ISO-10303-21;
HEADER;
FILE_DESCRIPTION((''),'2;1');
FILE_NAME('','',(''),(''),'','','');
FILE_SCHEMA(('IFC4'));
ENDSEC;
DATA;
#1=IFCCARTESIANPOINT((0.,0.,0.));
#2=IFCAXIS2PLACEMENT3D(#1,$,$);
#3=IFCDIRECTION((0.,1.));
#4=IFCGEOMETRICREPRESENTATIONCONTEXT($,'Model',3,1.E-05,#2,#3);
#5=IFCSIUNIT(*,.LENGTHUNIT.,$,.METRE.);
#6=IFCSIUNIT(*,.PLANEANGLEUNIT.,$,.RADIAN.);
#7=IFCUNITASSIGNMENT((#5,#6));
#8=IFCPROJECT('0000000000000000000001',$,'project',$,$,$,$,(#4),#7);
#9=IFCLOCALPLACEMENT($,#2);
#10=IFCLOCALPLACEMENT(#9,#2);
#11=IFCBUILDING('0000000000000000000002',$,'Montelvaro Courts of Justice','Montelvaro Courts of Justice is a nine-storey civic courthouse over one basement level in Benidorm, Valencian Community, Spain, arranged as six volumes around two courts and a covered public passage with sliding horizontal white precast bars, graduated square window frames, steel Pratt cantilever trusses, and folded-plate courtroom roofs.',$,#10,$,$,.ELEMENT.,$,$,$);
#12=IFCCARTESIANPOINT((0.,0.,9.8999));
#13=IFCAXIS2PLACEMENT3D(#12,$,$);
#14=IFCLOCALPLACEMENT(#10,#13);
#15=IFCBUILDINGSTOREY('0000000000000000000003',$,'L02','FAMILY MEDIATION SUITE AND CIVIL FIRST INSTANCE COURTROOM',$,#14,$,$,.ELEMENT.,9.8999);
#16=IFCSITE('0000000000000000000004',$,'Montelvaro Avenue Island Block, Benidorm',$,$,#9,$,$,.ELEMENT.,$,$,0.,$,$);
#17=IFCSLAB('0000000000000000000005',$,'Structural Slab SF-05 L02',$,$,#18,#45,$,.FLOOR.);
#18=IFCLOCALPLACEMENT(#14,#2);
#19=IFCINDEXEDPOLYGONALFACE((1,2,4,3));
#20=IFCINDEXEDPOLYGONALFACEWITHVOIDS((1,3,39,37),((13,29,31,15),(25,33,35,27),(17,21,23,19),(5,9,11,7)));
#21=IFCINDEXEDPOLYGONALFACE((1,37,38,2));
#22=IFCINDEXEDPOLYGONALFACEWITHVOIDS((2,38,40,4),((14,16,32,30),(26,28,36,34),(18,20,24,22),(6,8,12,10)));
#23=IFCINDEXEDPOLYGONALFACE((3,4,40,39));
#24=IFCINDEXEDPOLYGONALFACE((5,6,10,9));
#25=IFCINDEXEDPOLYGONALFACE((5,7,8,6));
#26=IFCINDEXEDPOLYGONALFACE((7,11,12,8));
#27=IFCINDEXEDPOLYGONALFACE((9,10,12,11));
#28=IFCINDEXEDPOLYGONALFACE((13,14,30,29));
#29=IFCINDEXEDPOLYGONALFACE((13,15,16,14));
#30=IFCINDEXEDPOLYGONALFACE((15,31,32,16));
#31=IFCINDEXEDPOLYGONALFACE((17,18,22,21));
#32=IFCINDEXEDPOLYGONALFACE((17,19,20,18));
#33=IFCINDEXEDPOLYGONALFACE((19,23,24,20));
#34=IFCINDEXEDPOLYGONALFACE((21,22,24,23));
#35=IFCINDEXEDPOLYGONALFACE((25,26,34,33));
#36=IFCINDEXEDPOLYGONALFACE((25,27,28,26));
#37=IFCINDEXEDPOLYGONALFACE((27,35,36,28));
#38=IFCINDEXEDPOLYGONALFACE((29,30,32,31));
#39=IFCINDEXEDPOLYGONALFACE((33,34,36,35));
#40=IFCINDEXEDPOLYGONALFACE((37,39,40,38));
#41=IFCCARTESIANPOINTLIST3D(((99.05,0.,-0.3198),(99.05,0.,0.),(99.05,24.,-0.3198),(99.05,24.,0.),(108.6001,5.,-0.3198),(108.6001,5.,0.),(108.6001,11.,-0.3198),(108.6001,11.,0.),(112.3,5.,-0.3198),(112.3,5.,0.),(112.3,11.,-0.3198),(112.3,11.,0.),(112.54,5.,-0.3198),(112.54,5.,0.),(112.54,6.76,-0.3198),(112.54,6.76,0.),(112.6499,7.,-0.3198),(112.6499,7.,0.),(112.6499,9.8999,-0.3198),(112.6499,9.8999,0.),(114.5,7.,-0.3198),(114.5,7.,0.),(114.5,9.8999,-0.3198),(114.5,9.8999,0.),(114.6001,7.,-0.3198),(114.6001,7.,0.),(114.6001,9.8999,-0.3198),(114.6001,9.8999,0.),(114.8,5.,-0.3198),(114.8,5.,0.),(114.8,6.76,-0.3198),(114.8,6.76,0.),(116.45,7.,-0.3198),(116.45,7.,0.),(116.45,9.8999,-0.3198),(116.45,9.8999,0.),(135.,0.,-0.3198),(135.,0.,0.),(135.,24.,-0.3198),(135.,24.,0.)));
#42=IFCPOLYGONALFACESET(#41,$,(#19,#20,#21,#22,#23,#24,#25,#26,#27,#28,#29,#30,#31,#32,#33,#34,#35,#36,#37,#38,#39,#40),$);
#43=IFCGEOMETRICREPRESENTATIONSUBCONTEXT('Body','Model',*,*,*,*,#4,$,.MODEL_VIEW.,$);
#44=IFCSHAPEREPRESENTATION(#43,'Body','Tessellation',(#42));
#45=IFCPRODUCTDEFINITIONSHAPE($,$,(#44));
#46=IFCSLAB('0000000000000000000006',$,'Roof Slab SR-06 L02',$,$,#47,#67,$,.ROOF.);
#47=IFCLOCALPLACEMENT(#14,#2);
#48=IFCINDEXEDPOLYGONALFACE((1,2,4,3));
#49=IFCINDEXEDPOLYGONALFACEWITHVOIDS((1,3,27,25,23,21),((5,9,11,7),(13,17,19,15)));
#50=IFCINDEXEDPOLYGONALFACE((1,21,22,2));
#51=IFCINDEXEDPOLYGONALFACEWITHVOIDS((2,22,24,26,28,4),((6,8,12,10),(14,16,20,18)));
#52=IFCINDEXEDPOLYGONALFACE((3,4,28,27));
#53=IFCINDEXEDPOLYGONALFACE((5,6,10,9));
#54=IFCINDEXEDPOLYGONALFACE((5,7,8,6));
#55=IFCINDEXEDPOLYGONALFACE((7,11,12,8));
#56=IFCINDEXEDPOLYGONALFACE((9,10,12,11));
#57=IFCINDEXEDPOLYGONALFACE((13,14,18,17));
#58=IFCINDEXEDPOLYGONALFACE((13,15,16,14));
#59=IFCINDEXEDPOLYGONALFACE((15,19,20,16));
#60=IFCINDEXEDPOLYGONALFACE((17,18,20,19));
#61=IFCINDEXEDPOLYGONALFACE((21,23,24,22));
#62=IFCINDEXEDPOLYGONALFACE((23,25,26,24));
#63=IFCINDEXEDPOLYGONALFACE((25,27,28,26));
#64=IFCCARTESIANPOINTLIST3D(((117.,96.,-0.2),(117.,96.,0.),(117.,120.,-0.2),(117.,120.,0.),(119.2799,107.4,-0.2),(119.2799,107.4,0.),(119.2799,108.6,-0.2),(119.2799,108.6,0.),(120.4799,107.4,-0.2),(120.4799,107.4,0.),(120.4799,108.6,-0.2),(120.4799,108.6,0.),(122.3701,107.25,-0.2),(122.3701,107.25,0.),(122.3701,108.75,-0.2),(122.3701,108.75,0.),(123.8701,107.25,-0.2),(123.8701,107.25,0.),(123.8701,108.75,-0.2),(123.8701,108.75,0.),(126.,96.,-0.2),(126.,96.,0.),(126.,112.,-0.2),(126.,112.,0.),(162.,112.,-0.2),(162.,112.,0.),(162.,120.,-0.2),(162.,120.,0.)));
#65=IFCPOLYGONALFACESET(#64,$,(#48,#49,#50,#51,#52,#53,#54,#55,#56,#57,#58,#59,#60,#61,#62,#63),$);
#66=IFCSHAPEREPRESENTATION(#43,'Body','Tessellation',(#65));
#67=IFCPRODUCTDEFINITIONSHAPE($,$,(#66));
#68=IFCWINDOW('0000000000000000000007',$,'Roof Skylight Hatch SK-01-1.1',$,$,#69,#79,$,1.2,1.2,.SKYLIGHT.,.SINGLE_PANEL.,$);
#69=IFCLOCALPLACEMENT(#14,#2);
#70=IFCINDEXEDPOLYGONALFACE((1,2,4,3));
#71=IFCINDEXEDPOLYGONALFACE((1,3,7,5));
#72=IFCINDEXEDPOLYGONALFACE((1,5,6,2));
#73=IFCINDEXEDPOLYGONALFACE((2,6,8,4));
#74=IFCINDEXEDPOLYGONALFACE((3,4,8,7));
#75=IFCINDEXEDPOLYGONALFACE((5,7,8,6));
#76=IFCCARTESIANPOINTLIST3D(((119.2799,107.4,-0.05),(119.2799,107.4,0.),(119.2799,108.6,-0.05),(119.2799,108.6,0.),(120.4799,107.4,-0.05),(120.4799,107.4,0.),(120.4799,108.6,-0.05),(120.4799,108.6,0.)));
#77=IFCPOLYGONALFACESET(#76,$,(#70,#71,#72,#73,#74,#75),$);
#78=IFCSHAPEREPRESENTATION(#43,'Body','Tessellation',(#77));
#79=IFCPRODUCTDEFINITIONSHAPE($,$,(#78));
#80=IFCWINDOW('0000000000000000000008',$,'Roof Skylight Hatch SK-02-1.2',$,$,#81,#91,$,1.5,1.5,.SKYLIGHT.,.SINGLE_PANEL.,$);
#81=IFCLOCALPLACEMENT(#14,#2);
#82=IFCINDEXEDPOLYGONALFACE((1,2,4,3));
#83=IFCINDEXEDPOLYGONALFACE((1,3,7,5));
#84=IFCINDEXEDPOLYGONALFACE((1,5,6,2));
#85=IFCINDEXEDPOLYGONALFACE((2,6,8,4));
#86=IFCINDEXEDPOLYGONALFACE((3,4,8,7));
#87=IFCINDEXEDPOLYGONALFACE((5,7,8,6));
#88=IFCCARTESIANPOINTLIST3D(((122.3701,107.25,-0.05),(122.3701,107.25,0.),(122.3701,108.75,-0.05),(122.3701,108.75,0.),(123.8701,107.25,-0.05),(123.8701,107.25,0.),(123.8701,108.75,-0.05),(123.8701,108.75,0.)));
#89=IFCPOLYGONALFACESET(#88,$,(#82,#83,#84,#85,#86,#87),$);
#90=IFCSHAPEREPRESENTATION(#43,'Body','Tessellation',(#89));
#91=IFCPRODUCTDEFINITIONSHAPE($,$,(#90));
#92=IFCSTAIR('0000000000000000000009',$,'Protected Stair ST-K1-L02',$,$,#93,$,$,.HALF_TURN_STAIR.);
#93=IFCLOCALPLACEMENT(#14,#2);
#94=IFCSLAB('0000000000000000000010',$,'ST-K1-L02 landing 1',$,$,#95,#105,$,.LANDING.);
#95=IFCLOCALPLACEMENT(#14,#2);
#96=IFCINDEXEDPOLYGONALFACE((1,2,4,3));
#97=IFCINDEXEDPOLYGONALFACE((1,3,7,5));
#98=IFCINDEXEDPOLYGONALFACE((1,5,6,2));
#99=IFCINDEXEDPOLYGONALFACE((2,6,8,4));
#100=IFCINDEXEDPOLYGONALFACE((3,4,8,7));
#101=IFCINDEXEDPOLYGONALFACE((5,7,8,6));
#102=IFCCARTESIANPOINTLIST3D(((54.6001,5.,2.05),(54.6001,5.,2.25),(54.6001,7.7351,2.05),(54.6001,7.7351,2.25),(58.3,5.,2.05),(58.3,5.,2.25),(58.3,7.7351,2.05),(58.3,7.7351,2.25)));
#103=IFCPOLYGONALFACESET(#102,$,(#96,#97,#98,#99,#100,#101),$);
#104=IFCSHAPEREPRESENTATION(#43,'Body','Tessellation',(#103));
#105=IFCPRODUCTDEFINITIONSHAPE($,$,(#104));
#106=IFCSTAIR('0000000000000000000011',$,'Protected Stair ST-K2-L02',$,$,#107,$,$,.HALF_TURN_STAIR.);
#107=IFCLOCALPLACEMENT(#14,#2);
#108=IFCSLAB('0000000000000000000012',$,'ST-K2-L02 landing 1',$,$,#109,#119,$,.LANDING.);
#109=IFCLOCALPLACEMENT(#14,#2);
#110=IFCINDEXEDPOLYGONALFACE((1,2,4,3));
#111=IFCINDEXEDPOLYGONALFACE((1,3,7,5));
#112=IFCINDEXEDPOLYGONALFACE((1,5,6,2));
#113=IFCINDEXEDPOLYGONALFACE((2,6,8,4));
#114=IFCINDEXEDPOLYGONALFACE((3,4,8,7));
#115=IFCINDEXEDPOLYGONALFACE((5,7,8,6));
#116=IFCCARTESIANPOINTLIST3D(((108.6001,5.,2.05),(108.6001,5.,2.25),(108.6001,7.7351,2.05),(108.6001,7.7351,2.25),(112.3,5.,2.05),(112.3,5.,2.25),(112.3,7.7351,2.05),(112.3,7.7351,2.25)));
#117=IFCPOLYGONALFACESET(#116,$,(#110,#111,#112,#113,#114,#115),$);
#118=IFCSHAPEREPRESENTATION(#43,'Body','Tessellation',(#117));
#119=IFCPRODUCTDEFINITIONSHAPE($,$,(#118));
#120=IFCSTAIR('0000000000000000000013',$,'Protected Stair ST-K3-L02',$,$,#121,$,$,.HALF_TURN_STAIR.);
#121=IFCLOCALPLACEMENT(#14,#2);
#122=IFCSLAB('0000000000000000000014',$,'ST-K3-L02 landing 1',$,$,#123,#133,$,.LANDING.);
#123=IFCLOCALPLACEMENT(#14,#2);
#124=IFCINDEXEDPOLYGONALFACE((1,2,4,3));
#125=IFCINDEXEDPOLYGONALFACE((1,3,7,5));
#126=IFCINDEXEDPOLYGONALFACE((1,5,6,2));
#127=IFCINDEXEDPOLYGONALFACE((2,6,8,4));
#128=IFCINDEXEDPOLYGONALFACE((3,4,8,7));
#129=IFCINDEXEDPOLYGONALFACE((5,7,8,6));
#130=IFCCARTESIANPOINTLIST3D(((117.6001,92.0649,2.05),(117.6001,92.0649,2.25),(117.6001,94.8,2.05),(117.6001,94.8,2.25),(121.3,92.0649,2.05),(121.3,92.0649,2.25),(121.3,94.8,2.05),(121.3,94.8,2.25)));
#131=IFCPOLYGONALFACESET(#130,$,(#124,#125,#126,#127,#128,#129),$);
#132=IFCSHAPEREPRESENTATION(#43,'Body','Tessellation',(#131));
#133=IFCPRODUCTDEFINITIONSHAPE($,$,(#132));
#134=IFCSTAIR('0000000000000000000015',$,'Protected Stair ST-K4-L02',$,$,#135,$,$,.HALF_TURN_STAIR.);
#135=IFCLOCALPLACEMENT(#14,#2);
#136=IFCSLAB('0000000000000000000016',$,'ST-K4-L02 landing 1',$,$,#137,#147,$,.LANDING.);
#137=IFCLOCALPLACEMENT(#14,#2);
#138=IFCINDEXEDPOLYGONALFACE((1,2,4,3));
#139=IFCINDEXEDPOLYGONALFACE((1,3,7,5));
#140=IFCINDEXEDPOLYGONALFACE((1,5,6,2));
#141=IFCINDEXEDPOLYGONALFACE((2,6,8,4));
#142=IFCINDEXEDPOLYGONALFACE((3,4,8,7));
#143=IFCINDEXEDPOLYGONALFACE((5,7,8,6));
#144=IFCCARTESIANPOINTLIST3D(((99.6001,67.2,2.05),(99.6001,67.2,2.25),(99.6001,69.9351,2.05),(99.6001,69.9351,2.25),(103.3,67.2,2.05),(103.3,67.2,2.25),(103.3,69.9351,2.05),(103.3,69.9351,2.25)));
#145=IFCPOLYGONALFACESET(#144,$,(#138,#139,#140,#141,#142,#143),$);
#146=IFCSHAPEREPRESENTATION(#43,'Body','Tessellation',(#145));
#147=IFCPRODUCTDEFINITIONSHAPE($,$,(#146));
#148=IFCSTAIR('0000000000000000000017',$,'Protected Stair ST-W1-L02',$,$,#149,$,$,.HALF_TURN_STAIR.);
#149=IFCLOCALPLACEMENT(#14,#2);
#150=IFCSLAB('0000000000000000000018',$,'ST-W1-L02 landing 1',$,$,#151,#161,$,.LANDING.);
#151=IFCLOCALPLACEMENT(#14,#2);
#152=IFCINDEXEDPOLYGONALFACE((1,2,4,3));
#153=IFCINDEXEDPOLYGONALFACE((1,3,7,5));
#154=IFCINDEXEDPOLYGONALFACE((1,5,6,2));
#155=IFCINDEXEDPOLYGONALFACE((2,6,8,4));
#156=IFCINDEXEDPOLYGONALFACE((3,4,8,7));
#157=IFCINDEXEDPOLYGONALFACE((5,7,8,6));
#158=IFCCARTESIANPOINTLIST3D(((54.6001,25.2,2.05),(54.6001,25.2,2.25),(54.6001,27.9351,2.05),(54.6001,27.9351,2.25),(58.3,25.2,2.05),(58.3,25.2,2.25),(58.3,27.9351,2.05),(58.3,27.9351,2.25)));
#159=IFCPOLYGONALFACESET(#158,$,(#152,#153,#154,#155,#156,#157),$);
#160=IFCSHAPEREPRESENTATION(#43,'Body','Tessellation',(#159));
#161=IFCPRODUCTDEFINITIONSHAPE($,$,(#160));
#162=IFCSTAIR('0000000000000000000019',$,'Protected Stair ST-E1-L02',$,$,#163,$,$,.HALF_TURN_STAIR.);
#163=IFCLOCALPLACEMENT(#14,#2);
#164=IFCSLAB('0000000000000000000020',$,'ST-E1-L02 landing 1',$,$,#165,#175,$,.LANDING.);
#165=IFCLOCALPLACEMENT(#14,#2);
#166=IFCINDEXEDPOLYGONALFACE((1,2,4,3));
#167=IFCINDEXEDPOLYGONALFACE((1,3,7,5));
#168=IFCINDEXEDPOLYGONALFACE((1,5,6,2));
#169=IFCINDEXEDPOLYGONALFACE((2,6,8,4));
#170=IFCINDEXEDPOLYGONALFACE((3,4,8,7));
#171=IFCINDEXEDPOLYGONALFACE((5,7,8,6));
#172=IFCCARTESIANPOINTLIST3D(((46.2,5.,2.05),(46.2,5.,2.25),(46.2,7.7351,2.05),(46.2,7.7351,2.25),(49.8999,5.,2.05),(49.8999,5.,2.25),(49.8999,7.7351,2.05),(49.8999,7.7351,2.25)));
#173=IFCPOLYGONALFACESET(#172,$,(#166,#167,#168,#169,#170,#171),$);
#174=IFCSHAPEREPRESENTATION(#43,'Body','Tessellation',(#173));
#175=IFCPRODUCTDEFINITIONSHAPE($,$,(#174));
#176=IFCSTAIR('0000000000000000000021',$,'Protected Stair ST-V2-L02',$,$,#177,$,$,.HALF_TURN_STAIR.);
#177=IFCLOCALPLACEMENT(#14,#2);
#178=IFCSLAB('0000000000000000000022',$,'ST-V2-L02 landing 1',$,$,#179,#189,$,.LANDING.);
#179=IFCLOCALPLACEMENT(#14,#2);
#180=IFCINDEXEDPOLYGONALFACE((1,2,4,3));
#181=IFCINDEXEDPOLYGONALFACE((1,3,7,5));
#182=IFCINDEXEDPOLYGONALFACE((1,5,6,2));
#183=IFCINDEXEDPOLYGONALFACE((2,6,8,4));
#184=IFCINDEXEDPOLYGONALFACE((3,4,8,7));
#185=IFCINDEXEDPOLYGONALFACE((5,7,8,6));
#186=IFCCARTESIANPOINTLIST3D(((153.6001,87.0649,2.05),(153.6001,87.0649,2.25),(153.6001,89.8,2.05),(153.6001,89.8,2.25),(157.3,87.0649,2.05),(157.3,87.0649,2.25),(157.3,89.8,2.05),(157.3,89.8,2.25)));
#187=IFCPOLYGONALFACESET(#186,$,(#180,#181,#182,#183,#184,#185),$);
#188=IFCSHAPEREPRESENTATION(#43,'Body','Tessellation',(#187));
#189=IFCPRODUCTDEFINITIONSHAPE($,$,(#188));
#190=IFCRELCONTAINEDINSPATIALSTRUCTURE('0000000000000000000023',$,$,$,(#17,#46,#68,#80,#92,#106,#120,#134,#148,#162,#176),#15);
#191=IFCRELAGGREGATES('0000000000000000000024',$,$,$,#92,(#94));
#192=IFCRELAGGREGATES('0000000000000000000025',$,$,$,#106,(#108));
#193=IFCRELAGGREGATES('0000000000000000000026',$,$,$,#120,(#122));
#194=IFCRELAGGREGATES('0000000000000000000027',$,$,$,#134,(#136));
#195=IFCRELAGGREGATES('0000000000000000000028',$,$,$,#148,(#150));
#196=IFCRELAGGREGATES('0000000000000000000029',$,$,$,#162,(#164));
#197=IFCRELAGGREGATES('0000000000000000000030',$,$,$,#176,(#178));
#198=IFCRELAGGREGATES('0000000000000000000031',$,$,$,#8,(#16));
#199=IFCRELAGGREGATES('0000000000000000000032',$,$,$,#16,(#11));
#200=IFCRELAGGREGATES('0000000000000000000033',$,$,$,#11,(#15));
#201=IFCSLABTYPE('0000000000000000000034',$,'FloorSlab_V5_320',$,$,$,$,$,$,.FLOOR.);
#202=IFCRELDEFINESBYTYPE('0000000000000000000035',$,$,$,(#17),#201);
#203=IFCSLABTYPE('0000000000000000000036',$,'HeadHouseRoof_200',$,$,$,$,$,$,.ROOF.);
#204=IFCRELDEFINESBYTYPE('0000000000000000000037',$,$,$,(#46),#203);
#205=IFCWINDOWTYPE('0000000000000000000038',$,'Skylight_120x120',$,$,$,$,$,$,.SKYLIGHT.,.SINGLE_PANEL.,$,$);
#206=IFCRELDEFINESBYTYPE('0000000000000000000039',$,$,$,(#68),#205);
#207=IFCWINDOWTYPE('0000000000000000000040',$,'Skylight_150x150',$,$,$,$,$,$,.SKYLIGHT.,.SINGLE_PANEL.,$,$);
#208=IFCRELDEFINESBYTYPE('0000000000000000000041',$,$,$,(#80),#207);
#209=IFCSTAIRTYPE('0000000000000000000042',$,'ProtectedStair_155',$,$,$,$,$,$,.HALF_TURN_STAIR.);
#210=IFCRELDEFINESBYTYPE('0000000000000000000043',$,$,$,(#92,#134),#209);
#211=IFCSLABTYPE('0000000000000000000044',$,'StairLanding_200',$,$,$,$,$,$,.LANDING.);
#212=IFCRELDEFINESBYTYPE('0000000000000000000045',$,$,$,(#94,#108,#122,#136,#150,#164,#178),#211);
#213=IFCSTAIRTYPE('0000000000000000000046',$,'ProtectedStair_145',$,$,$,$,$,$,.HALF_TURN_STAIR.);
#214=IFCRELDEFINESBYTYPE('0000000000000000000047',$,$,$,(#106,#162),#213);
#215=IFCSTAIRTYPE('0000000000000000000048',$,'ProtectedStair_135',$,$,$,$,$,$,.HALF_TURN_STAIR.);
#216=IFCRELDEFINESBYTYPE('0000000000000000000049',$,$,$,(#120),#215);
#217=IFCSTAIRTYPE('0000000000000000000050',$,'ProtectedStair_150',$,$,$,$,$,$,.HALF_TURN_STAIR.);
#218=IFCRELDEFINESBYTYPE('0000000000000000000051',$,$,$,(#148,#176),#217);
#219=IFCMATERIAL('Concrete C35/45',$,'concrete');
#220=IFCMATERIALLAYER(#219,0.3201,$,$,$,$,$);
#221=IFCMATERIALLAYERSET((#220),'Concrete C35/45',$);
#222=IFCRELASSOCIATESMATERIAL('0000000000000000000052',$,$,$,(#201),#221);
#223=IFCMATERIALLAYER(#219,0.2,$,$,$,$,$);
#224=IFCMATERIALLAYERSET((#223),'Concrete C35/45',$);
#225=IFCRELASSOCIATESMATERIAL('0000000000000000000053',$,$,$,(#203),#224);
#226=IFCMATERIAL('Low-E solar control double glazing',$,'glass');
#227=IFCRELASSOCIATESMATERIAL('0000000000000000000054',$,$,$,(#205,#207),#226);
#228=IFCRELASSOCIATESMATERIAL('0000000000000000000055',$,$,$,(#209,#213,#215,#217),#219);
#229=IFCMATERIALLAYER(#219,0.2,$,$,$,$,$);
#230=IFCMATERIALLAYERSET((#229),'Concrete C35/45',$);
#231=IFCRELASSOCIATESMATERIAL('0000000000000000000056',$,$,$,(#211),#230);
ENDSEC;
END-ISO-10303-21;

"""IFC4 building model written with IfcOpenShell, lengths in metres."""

from ifc_helpers import new_model, si_unit, direction, frame, origin, origin_2d, place, context, subcontext, project, spatial, polyline, rectangle, outline, extrude, material, layer, layer_set, type_object, element, fill, aggregate, save


model = new_model("IFC4")

# Units and contexts
model_context = context("Model", 3, precision=1e-05, world=origin(), true_north=direction((0.0, 1.0)))
body_context = subcontext(model_context, "Body", "Model", "MODEL_VIEW")
ifc_project = project(units=[si_unit("LENGTHUNIT", "METRE"), si_unit("PLANEANGLEUNIT", "RADIAN")], contexts=[model_context])

# Site, building, storey
site_placement = place(None, origin())
site = spatial("IfcSite", under=ifc_project, at=site_placement, Name="Montelvaro Avenue Island Block, Benidorm", CompositionType="ELEMENT", RefElevation=0.0)
building_placement = place(site_placement, origin())
building = spatial("IfcBuilding", under=site, at=building_placement, Name="Montelvaro Courts of Justice", Description="Montelvaro Courts of Justice is a nine-storey civic courthouse over one basement level in Benidorm, Valencian Community, Spain, arranged as six volumes around two courts and a covered public passage with sliding horizontal white precast bars, graduated square window frames, steel Pratt cantilever trusses, and folded-plate courtroom roofs.", CompositionType="ELEMENT")
storey_placement = place(building_placement, frame((0.0, 0.0, 9.8999)))
storey = spatial("IfcBuildingStorey", under=building, at=storey_placement, Name="L02", Description="FAMILY MEDIATION SUITE AND CIVIL FIRST INSTANCE COURTROOM", CompositionType="ELEMENT", Elevation=9.8999)

# Shared definitions
ifc_material_1 = material(Name="Low-E solar control double glazing", Category="glass")

# Slab
ifc_material_2 = material(Name="Concrete C35/45", Category="concrete")
ifc_layer_1 = layer(ifc_material_2, 0.3201)
ifc_layer_set_1 = layer_set([ifc_layer_1], Name="Concrete C35/45")
slab_type_1 = type_object("IfcSlabType", Name="FloorSlab_V5_320", PredefinedType="FLOOR", material=ifc_layer_set_1)
slab_1_placement = place(storey_placement, frame((0.0, 0.0, -0.3198)))
element("IfcSlab", 1, at=slab_1_placement, inside=storey, type_object=slab_type_1, Name="Structural Slab SF-05 L02", PredefinedType="FLOOR", context=body_context, shape_type="SweptSolid", body=[
    extrude(outline(polyline([(99.05, 0.0), (135.0, 0.0), (135.0, 24.0), (99.05, 24.0), (99.05, 0.0)]), holes=[polyline([(108.6001, 5.0), (112.3, 5.0), (112.3, 11.0), (108.6001, 11.0), (108.6001, 5.0)]), polyline([(112.54, 5.0), (114.8, 5.0), (114.8, 6.76), (112.54, 6.76), (112.54, 5.0)]), polyline([(112.6499, 7.0), (114.5, 7.0), (114.5, 9.8999), (112.6499, 9.8999), (112.6499, 7.0)]), polyline([(114.6001, 7.0), (116.45, 7.0), (116.45, 9.8999), (114.6001, 9.8999), (114.6001, 7.0)])]), origin(), (0.0, 0.0, 1.0), 0.3198),
])

# Slab, openings, windows
ifc_layer_2 = layer(ifc_material_2, 0.2)
ifc_layer_set_2 = layer_set([ifc_layer_2], Name="Concrete C35/45")
slab_type_2 = type_object("IfcSlabType", Name="HeadHouseRoof_200", PredefinedType="ROOF", material=ifc_layer_set_2)
slab_2_placement = place(storey_placement, frame((0.0, 0.0, -0.2)))
slab_2 = element("IfcSlab", 2, at=slab_2_placement, inside=storey, type_object=slab_type_2, Name="Roof Slab SR-06 L02", PredefinedType="ROOF", context=body_context, shape_type="SweptSolid", body=[
    extrude(outline(polyline([(117.0, 96.0), (126.0, 96.0), (126.0, 112.0), (162.0, 112.0), (162.0, 120.0), (117.0, 120.0), (117.0, 96.0)])), origin(), (0.0, 0.0, 1.0), 0.2),
])
opening_1_placement = place(slab_2_placement, frame((119.8799, 108.0, -0.0149)))
opening_1 = element("IfcOpeningElement", 3, at=opening_1_placement, cuts=slab_2, PredefinedType="OPENING", context=body_context, shape_type="SweptSolid", body=[
    extrude(rectangle(XDim=1.2, YDim=1.2, at=origin_2d()), origin(), (0.0, 0.0, 1.0), 0.2297),
])
opening_2_placement = place(slab_2_placement, frame((123.1201, 108.0, -0.0149)))
opening_2 = element("IfcOpeningElement", 4, at=opening_2_placement, cuts=slab_2, PredefinedType="OPENING", context=body_context, shape_type="SweptSolid", body=[
    extrude(rectangle(XDim=1.5, YDim=1.5, at=origin_2d()), origin(), (0.0, 0.0, 1.0), 0.2297),
])
window_type_1 = type_object("IfcWindowType", Name="Skylight_120x120", PartitioningType="SINGLE_PANEL", PredefinedType="SKYLIGHT", material=ifc_material_1)
window_1_placement = place(slab_2_placement, frame((119.8799, 108.0, 0.1499)))
window_1 = element("IfcWindow", 5, at=window_1_placement, inside=storey, type_object=window_type_1, Name="Roof Skylight Hatch SK-01-1.1", OverallHeight=1.2, OverallWidth=1.2, PartitioningType="SINGLE_PANEL", PredefinedType="SKYLIGHT", context=body_context, shape_type="SweptSolid", body=[
    extrude(rectangle(XDim=1.2, YDim=1.2, at=origin_2d()), origin(), (0.0, 0.0, 1.0), 0.05),
])
fill(opening_1, window_1)
window_type_2 = type_object("IfcWindowType", Name="Skylight_150x150", PartitioningType="SINGLE_PANEL", PredefinedType="SKYLIGHT", material=ifc_material_1)
window_2_placement = place(slab_2_placement, frame((123.1201, 108.0, 0.1499)))
window_2 = element("IfcWindow", 6, at=window_2_placement, inside=storey, type_object=window_type_2, Name="Roof Skylight Hatch SK-02-1.2", OverallHeight=1.5, OverallWidth=1.5, PartitioningType="SINGLE_PANEL", PredefinedType="SKYLIGHT", context=body_context, shape_type="SweptSolid", body=[
    extrude(rectangle(XDim=1.5, YDim=1.5, at=origin_2d()), origin(), (0.0, 0.0, 1.0), 0.05),
])
fill(opening_2, window_2)

# Stairs, slabs
stair_type_1 = type_object("IfcStairType", Name="ProtectedStair_155", PredefinedType="HALF_TURN_STAIR", material=ifc_material_2)
stair_1_placement = place(storey_placement, origin())
stair_1 = element("IfcStair", 7, at=stair_1_placement, inside=storey, type_object=stair_type_1, Name="Protected Stair ST-K1-L02", PredefinedType="HALF_TURN_STAIR")
ifc_layer_3 = layer(ifc_material_2, 0.2)
ifc_layer_set_3 = layer_set([ifc_layer_3], Name="Concrete C35/45")
slab_type_3 = type_object("IfcSlabType", Name="StairLanding_200", PredefinedType="LANDING", material=ifc_layer_set_3)
slab_3_placement = place(storey_placement, frame((0.0, 0.0, 2.05)))
slab_3 = element("IfcSlab", 8, at=slab_3_placement, type_object=slab_type_3, Name="ST-K1-L02 landing 1", PredefinedType="LANDING", context=body_context, shape_type="SweptSolid", body=[
    extrude(outline(polyline([(54.6001, 5.0), (58.3, 5.0), (58.3, 7.7351), (54.6001, 7.7351), (54.6001, 5.0)])), origin(), (0.0, 0.0, 1.0), 0.2),
])
aggregate(stair_1, [slab_3])
stair_type_2 = type_object("IfcStairType", Name="ProtectedStair_145", PredefinedType="HALF_TURN_STAIR", material=ifc_material_2)
stair_2_placement = place(storey_placement, origin())
stair_2 = element("IfcStair", 9, at=stair_2_placement, inside=storey, type_object=stair_type_2, Name="Protected Stair ST-K2-L02", PredefinedType="HALF_TURN_STAIR")
slab_4_placement = place(storey_placement, frame((0.0, 0.0, 2.05)))
slab_4 = element("IfcSlab", 10, at=slab_4_placement, type_object=slab_type_3, Name="ST-K2-L02 landing 1", PredefinedType="LANDING", context=body_context, shape_type="SweptSolid", body=[
    extrude(outline(polyline([(108.6001, 5.0), (112.3, 5.0), (112.3, 7.7351), (108.6001, 7.7351), (108.6001, 5.0)])), origin(), (0.0, 0.0, 1.0), 0.2),
])
aggregate(stair_2, [slab_4])
stair_type_3 = type_object("IfcStairType", Name="ProtectedStair_135", PredefinedType="HALF_TURN_STAIR", material=ifc_material_2)
stair_3_placement = place(storey_placement, origin())
stair_3 = element("IfcStair", 11, at=stair_3_placement, inside=storey, type_object=stair_type_3, Name="Protected Stair ST-K3-L02", PredefinedType="HALF_TURN_STAIR")
slab_5_placement = place(storey_placement, frame((0.0, 0.0, 2.05)))
slab_5 = element("IfcSlab", 12, at=slab_5_placement, type_object=slab_type_3, Name="ST-K3-L02 landing 1", PredefinedType="LANDING", context=body_context, shape_type="SweptSolid", body=[
    extrude(outline(polyline([(117.6001, 92.0649), (121.3, 92.0649), (121.3, 94.8), (117.6001, 94.8), (117.6001, 92.0649)])), origin(), (0.0, 0.0, 1.0), 0.2),
])
aggregate(stair_3, [slab_5])
stair_4_placement = place(storey_placement, origin())
stair_4 = element("IfcStair", 13, at=stair_4_placement, inside=storey, type_object=stair_type_1, Name="Protected Stair ST-K4-L02", PredefinedType="HALF_TURN_STAIR")
slab_6_placement = place(storey_placement, frame((0.0, 0.0, 2.05)))
slab_6 = element("IfcSlab", 14, at=slab_6_placement, type_object=slab_type_3, Name="ST-K4-L02 landing 1", PredefinedType="LANDING", context=body_context, shape_type="SweptSolid", body=[
    extrude(outline(polyline([(99.6001, 67.2), (103.3, 67.2), (103.3, 69.9351), (99.6001, 69.9351), (99.6001, 67.2)])), origin(), (0.0, 0.0, 1.0), 0.2),
])
aggregate(stair_4, [slab_6])
stair_type_4 = type_object("IfcStairType", Name="ProtectedStair_150", PredefinedType="HALF_TURN_STAIR", material=ifc_material_2)
stair_5_placement = place(storey_placement, origin())
stair_5 = element("IfcStair", 15, at=stair_5_placement, inside=storey, type_object=stair_type_4, Name="Protected Stair ST-W1-L02", PredefinedType="HALF_TURN_STAIR")
slab_7_placement = place(storey_placement, frame((0.0, 0.0, 2.05)))
slab_7 = element("IfcSlab", 16, at=slab_7_placement, type_object=slab_type_3, Name="ST-W1-L02 landing 1", PredefinedType="LANDING", context=body_context, shape_type="SweptSolid", body=[
    extrude(outline(polyline([(54.6001, 25.2), (58.3, 25.2), (58.3, 27.9351), (54.6001, 27.9351), (54.6001, 25.2)])), origin(), (0.0, 0.0, 1.0), 0.2),
])
aggregate(stair_5, [slab_7])
stair_6_placement = place(storey_placement, origin())
stair_6 = element("IfcStair", 17, at=stair_6_placement, inside=storey, type_object=stair_type_2, Name="Protected Stair ST-E1-L02", PredefinedType="HALF_TURN_STAIR")
slab_8_placement = place(storey_placement, frame((0.0, 0.0, 2.05)))
slab_8 = element("IfcSlab", 18, at=slab_8_placement, type_object=slab_type_3, Name="ST-E1-L02 landing 1", PredefinedType="LANDING", context=body_context, shape_type="SweptSolid", body=[
    extrude(outline(polyline([(46.2, 5.0), (49.8999, 5.0), (49.8999, 7.7351), (46.2, 7.7351), (46.2, 5.0)])), origin(), (0.0, 0.0, 1.0), 0.2),
])
aggregate(stair_6, [slab_8])
stair_7_placement = place(storey_placement, origin())
stair_7 = element("IfcStair", 19, at=stair_7_placement, inside=storey, type_object=stair_type_4, Name="Protected Stair ST-V2-L02", PredefinedType="HALF_TURN_STAIR")
slab_9_placement = place(storey_placement, frame((0.0, 0.0, 2.05)))
slab_9 = element("IfcSlab", 20, at=slab_9_placement, type_object=slab_type_3, Name="ST-V2-L02 landing 1", PredefinedType="LANDING", context=body_context, shape_type="SweptSolid", body=[
    extrude(outline(polyline([(153.6001, 87.0649), (157.3, 87.0649), (157.3, 89.8), (153.6001, 89.8), (153.6001, 87.0649)])), origin(), (0.0, 0.0, 1.0), 0.2),
])
aggregate(stair_7, [slab_9])

save(model, "model.ifc")
